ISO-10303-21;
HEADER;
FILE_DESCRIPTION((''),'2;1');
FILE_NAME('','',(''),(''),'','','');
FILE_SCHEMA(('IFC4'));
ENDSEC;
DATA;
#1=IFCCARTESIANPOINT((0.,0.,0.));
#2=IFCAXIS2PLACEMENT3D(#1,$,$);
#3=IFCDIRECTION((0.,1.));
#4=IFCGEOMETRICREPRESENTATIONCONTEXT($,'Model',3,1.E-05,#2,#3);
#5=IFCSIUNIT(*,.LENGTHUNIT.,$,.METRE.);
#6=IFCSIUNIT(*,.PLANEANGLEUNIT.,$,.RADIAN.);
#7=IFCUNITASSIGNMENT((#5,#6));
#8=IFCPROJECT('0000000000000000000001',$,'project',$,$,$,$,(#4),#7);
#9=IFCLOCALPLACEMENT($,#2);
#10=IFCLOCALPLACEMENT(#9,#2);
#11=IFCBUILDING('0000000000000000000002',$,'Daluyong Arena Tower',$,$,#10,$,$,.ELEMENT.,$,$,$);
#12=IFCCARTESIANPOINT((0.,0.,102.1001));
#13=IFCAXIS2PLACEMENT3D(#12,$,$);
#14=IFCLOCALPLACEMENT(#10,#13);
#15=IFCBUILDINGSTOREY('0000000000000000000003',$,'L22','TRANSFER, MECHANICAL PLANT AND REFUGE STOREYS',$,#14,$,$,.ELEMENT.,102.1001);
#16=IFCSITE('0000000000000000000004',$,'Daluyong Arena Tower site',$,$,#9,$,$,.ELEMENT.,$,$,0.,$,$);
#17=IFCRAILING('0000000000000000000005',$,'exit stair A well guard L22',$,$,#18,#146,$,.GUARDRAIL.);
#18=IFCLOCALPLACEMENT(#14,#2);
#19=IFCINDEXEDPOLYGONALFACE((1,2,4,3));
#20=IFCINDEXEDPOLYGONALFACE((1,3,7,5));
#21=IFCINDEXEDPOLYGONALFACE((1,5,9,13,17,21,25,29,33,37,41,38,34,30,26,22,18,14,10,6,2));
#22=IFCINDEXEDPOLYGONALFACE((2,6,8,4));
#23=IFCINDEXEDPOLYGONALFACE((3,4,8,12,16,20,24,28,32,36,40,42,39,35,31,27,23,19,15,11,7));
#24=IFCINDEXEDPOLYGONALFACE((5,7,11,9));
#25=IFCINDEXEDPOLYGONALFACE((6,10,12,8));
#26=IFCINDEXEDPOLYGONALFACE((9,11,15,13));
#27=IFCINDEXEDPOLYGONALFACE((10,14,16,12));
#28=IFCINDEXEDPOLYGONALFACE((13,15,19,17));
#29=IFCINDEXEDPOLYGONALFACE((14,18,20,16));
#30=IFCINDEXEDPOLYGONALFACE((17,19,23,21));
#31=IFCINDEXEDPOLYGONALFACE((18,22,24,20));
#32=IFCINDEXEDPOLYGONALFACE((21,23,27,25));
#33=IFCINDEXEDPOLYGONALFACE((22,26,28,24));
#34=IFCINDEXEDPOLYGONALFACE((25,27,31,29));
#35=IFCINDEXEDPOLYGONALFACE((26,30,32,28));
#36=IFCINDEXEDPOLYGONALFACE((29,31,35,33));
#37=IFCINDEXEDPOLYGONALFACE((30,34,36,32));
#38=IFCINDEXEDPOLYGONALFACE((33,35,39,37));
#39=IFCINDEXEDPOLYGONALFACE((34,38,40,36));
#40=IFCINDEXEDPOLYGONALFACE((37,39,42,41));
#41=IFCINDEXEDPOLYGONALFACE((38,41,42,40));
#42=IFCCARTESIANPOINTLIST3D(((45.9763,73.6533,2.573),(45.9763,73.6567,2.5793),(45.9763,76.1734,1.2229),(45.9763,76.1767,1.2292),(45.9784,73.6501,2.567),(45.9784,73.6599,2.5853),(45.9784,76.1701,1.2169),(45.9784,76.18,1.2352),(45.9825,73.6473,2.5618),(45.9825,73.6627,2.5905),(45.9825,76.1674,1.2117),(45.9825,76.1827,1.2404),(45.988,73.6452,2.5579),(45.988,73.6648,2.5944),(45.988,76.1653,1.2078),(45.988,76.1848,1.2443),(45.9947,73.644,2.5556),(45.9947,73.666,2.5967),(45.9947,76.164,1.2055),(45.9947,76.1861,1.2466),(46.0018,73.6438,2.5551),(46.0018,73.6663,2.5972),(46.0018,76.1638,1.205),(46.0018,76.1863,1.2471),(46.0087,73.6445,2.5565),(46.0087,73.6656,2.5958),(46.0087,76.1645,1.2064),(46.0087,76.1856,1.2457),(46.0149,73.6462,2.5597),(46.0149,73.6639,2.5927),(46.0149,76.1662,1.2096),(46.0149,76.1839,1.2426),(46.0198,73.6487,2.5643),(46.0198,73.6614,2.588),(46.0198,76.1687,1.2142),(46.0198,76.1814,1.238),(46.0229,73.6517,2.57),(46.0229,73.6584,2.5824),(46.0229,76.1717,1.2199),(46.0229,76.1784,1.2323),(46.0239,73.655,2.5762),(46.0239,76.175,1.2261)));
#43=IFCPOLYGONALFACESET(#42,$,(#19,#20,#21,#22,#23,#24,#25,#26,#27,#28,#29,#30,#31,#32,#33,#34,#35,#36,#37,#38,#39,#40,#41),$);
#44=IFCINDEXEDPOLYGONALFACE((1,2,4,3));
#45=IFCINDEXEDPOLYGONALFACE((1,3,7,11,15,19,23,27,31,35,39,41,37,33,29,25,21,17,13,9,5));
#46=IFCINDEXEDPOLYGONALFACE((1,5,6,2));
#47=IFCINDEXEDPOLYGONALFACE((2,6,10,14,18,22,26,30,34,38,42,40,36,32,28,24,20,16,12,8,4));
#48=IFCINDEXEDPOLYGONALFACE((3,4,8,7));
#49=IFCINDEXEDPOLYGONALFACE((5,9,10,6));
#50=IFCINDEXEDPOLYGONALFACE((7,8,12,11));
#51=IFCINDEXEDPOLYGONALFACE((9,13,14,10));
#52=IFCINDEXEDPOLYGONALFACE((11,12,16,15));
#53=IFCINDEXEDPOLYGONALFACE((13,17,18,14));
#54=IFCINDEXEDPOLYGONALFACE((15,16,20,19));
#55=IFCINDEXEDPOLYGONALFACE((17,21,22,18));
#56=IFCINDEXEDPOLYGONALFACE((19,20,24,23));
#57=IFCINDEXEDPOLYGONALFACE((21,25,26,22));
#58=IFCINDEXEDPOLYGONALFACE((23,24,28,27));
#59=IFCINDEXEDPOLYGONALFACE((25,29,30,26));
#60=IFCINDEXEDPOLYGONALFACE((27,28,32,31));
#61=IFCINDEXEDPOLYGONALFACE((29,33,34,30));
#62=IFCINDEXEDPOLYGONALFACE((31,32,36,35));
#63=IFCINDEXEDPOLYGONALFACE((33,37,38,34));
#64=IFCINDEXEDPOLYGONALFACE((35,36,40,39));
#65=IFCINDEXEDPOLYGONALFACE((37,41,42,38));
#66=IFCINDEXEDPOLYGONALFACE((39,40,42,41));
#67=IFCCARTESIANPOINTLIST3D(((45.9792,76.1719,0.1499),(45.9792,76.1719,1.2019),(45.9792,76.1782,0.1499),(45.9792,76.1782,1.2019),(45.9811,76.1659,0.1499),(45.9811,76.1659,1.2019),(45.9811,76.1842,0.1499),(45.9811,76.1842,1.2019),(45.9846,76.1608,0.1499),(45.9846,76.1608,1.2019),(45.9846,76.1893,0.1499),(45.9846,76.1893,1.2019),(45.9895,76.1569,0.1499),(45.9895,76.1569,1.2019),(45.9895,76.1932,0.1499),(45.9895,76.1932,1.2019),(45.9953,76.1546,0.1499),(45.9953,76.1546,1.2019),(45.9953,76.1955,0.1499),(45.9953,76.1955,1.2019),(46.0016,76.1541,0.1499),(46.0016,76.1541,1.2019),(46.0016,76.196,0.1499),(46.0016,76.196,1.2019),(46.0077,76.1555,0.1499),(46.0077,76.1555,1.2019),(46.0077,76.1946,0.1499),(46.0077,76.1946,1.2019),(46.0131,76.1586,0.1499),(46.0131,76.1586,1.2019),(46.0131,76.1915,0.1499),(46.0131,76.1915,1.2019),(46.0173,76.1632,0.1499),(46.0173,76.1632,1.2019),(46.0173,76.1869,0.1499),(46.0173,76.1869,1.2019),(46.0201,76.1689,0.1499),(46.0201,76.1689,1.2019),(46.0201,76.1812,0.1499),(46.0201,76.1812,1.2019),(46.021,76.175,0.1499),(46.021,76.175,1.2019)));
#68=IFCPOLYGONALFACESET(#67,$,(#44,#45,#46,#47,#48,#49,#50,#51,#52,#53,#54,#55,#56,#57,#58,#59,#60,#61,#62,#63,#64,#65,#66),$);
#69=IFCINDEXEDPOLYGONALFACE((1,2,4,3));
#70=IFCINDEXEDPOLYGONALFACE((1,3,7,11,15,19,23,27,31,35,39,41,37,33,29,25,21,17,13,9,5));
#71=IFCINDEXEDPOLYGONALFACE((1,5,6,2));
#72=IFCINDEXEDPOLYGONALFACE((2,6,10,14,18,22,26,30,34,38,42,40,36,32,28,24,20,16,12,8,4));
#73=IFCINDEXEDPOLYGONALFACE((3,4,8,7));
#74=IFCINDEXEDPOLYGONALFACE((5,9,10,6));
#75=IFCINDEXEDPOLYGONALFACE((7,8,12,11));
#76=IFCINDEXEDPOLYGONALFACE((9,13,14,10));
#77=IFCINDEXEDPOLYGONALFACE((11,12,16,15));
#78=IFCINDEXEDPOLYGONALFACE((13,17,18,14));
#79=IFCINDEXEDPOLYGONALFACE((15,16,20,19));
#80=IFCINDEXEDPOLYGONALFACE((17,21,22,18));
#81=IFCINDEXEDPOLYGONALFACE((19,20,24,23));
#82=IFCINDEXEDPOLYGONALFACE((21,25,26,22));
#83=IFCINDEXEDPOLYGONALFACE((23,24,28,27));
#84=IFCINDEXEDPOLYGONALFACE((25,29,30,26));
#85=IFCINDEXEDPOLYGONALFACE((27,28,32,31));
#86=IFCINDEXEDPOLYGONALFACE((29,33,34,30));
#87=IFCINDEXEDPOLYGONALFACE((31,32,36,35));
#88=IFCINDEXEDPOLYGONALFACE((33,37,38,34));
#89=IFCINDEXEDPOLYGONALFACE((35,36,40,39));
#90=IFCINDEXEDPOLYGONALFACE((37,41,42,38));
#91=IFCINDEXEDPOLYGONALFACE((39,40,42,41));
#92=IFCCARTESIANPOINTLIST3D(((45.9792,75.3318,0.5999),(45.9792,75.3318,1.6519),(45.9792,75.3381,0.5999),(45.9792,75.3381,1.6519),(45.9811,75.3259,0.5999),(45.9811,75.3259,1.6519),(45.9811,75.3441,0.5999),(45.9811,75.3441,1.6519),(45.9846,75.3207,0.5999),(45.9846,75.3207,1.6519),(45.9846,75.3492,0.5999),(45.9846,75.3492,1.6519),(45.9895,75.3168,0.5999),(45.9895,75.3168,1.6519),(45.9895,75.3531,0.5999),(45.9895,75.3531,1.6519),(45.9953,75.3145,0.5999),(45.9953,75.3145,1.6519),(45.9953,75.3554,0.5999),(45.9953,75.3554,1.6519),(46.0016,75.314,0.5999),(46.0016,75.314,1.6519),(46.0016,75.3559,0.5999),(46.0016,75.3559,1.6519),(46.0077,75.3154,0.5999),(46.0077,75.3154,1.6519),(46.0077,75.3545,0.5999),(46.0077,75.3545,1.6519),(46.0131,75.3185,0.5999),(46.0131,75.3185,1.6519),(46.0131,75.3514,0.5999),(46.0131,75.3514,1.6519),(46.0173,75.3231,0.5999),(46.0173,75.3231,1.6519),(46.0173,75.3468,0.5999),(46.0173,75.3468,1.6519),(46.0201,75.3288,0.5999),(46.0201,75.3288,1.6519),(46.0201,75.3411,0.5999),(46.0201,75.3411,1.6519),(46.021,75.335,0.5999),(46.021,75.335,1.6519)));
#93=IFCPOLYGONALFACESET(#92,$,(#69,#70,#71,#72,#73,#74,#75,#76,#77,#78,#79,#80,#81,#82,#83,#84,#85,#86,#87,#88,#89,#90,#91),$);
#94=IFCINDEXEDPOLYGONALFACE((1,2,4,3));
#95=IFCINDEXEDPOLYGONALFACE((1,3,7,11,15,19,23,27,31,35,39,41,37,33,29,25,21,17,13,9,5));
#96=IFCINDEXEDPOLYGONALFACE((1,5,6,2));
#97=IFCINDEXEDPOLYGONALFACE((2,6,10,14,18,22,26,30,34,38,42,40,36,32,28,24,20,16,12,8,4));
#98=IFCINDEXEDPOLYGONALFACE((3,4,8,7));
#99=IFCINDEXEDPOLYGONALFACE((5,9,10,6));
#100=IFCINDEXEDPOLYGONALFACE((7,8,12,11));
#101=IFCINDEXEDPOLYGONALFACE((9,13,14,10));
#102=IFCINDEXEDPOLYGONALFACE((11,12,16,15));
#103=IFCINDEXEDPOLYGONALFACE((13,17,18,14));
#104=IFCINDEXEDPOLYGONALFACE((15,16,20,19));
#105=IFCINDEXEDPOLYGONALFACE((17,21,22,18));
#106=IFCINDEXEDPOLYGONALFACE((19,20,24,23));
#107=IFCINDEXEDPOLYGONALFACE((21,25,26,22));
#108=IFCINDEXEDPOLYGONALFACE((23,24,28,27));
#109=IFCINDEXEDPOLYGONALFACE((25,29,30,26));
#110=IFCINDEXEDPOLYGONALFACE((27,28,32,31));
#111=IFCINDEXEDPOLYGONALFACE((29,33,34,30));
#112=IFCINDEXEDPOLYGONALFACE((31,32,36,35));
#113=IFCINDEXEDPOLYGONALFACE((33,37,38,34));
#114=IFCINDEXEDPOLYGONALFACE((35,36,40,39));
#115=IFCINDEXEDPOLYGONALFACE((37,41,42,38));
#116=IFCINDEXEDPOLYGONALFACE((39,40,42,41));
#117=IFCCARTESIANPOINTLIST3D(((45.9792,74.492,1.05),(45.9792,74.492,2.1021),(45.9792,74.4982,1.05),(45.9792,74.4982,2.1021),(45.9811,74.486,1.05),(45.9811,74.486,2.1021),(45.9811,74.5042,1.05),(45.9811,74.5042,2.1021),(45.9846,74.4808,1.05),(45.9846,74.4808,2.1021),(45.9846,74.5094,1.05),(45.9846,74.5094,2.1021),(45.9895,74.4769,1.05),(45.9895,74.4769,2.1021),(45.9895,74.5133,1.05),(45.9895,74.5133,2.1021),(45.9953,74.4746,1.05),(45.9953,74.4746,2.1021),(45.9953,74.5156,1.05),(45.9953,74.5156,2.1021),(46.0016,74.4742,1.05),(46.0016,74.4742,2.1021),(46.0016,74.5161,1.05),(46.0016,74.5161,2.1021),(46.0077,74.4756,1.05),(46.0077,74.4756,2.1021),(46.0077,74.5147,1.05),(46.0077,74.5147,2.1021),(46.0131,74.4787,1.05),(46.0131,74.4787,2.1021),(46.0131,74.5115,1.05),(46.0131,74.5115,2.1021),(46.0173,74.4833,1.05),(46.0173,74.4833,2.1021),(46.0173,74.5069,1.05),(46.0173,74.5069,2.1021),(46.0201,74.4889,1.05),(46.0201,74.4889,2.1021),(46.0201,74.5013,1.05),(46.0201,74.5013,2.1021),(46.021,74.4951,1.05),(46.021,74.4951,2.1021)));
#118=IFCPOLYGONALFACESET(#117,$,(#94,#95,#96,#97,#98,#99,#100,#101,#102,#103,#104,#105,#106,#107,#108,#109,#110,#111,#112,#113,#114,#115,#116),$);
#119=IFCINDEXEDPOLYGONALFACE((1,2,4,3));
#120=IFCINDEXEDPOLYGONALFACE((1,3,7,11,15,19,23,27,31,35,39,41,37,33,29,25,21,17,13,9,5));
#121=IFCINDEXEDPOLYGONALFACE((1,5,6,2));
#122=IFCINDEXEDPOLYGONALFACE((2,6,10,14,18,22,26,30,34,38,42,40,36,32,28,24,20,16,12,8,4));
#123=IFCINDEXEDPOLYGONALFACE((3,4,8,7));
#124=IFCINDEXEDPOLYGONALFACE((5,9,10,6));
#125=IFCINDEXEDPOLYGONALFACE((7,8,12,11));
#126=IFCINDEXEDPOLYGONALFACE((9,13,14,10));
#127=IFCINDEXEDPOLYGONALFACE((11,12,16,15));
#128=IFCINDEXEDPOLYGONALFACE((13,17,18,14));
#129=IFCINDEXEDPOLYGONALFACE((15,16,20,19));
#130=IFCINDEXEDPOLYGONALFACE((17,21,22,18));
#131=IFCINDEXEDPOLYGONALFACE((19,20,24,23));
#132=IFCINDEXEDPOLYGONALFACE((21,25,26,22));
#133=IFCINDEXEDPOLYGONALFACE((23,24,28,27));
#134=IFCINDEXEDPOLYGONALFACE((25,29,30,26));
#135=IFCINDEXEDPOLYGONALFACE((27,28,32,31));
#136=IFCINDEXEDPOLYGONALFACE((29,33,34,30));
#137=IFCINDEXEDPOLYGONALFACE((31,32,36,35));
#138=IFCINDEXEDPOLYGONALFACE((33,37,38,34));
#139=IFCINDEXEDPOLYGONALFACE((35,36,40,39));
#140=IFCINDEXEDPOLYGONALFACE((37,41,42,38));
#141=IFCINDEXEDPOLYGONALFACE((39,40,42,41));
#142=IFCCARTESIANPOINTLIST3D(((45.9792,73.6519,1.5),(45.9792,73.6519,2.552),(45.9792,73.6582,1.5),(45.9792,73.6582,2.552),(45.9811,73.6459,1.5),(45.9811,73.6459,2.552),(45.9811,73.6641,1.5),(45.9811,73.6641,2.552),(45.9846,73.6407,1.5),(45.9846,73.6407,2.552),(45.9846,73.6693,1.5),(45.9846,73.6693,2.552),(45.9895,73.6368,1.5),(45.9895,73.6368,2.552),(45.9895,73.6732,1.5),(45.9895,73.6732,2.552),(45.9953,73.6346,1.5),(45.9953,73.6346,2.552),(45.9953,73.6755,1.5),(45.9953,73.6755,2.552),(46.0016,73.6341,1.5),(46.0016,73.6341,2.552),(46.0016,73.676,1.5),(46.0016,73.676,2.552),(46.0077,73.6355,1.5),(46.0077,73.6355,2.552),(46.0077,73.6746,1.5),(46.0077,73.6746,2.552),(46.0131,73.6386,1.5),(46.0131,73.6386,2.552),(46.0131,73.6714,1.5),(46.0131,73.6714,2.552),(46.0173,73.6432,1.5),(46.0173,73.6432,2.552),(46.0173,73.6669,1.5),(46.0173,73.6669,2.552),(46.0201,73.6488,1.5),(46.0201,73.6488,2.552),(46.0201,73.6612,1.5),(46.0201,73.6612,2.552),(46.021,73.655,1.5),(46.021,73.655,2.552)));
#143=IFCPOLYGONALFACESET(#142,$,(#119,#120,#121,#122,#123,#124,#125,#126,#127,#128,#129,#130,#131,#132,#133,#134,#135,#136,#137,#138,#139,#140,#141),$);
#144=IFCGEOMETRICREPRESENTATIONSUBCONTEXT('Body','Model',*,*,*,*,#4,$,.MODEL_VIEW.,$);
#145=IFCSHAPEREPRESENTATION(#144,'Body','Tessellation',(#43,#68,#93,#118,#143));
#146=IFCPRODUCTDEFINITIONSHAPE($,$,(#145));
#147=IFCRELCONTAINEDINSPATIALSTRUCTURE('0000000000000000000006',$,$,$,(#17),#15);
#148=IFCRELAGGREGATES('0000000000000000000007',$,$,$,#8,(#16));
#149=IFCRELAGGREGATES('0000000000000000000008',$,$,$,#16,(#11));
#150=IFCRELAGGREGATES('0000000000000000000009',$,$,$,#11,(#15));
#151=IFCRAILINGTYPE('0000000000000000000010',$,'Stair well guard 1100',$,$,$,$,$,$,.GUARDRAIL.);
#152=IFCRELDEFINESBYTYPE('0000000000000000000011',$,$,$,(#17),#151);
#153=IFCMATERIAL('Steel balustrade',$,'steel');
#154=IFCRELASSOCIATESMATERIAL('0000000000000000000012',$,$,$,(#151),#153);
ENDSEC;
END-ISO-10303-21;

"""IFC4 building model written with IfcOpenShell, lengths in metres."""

from ifc_helpers import new_model, si_unit, direction, frame, origin, origin_2d, place, context, subcontext, project, spatial, circle, extrude, material, type_object, element, save


model = new_model("IFC4")

# Units and contexts
model_context = context("Model", 3, precision=1e-05, world=origin(), true_north=direction((0.0, 1.0)))
body_context = subcontext(model_context, "Body", "Model", "MODEL_VIEW")
ifc_project = project(units=[si_unit("LENGTHUNIT", "METRE"), si_unit("PLANEANGLEUNIT", "RADIAN")], contexts=[model_context])

# Site, building, storey
site_placement = place(None, origin())
site = spatial("IfcSite", under=ifc_project, at=site_placement, Name="Daluyong Arena Tower site", CompositionType="ELEMENT", RefElevation=0.0)
building_placement = place(site_placement, origin())
building = spatial("IfcBuilding", under=site, at=building_placement, Name="Daluyong Arena Tower", CompositionType="ELEMENT")
storey_placement = place(building_placement, frame((0.0, 0.0, 102.1001)))
storey = spatial("IfcBuildingStorey", under=building, at=storey_placement, Name="L22", Description="TRANSFER, MECHANICAL PLANT AND REFUGE STOREYS", CompositionType="ELEMENT", Elevation=102.1001)

# Railing
ifc_material_1 = material(Name="Steel balustrade", Category="steel")
railing_type_1 = type_object("IfcRailingType", Name="Stair well guard 1100", PredefinedType="GUARDRAIL", material=ifc_material_1)
railing_1_placement = place(storey_placement, frame((46.0, 76.175, 0.1499)))
element("IfcRailing", 1, at=railing_1_placement, inside=storey, type_object=railing_type_1, Name="exit stair A well guard L22", PredefinedType="GUARDRAIL", context=body_context, shape_type="SweptSolid", body=[
    extrude(circle(Radius=0.0239, at=origin_2d()), frame((0.0, 0.0, 1.0762), z_axis=(0.0, -0.881467, 0.472245), x_axis=(1.0, 0.0, 0.0)), (0.0, 0.0, 1.0), 2.8589),
    extrude(circle(Radius=0.021, at=origin_2d()), origin(), (0.0, 0.0, 1.0), 1.052),
    extrude(circle(Radius=0.021, at=origin_2d()), frame((0.0, -0.8401, 0.45)), (0.0, 0.0, 1.0), 1.052),
    extrude(circle(Radius=0.021, at=origin_2d()), frame((0.0, -1.6799, 0.9001)), (0.0, 0.0, 1.0), 1.052),
    extrude(circle(Radius=0.021, at=origin_2d()), frame((0.0, -2.52, 1.3501)), (0.0, 0.0, 1.0), 1.052),
])

save(model, "model.ifc")
